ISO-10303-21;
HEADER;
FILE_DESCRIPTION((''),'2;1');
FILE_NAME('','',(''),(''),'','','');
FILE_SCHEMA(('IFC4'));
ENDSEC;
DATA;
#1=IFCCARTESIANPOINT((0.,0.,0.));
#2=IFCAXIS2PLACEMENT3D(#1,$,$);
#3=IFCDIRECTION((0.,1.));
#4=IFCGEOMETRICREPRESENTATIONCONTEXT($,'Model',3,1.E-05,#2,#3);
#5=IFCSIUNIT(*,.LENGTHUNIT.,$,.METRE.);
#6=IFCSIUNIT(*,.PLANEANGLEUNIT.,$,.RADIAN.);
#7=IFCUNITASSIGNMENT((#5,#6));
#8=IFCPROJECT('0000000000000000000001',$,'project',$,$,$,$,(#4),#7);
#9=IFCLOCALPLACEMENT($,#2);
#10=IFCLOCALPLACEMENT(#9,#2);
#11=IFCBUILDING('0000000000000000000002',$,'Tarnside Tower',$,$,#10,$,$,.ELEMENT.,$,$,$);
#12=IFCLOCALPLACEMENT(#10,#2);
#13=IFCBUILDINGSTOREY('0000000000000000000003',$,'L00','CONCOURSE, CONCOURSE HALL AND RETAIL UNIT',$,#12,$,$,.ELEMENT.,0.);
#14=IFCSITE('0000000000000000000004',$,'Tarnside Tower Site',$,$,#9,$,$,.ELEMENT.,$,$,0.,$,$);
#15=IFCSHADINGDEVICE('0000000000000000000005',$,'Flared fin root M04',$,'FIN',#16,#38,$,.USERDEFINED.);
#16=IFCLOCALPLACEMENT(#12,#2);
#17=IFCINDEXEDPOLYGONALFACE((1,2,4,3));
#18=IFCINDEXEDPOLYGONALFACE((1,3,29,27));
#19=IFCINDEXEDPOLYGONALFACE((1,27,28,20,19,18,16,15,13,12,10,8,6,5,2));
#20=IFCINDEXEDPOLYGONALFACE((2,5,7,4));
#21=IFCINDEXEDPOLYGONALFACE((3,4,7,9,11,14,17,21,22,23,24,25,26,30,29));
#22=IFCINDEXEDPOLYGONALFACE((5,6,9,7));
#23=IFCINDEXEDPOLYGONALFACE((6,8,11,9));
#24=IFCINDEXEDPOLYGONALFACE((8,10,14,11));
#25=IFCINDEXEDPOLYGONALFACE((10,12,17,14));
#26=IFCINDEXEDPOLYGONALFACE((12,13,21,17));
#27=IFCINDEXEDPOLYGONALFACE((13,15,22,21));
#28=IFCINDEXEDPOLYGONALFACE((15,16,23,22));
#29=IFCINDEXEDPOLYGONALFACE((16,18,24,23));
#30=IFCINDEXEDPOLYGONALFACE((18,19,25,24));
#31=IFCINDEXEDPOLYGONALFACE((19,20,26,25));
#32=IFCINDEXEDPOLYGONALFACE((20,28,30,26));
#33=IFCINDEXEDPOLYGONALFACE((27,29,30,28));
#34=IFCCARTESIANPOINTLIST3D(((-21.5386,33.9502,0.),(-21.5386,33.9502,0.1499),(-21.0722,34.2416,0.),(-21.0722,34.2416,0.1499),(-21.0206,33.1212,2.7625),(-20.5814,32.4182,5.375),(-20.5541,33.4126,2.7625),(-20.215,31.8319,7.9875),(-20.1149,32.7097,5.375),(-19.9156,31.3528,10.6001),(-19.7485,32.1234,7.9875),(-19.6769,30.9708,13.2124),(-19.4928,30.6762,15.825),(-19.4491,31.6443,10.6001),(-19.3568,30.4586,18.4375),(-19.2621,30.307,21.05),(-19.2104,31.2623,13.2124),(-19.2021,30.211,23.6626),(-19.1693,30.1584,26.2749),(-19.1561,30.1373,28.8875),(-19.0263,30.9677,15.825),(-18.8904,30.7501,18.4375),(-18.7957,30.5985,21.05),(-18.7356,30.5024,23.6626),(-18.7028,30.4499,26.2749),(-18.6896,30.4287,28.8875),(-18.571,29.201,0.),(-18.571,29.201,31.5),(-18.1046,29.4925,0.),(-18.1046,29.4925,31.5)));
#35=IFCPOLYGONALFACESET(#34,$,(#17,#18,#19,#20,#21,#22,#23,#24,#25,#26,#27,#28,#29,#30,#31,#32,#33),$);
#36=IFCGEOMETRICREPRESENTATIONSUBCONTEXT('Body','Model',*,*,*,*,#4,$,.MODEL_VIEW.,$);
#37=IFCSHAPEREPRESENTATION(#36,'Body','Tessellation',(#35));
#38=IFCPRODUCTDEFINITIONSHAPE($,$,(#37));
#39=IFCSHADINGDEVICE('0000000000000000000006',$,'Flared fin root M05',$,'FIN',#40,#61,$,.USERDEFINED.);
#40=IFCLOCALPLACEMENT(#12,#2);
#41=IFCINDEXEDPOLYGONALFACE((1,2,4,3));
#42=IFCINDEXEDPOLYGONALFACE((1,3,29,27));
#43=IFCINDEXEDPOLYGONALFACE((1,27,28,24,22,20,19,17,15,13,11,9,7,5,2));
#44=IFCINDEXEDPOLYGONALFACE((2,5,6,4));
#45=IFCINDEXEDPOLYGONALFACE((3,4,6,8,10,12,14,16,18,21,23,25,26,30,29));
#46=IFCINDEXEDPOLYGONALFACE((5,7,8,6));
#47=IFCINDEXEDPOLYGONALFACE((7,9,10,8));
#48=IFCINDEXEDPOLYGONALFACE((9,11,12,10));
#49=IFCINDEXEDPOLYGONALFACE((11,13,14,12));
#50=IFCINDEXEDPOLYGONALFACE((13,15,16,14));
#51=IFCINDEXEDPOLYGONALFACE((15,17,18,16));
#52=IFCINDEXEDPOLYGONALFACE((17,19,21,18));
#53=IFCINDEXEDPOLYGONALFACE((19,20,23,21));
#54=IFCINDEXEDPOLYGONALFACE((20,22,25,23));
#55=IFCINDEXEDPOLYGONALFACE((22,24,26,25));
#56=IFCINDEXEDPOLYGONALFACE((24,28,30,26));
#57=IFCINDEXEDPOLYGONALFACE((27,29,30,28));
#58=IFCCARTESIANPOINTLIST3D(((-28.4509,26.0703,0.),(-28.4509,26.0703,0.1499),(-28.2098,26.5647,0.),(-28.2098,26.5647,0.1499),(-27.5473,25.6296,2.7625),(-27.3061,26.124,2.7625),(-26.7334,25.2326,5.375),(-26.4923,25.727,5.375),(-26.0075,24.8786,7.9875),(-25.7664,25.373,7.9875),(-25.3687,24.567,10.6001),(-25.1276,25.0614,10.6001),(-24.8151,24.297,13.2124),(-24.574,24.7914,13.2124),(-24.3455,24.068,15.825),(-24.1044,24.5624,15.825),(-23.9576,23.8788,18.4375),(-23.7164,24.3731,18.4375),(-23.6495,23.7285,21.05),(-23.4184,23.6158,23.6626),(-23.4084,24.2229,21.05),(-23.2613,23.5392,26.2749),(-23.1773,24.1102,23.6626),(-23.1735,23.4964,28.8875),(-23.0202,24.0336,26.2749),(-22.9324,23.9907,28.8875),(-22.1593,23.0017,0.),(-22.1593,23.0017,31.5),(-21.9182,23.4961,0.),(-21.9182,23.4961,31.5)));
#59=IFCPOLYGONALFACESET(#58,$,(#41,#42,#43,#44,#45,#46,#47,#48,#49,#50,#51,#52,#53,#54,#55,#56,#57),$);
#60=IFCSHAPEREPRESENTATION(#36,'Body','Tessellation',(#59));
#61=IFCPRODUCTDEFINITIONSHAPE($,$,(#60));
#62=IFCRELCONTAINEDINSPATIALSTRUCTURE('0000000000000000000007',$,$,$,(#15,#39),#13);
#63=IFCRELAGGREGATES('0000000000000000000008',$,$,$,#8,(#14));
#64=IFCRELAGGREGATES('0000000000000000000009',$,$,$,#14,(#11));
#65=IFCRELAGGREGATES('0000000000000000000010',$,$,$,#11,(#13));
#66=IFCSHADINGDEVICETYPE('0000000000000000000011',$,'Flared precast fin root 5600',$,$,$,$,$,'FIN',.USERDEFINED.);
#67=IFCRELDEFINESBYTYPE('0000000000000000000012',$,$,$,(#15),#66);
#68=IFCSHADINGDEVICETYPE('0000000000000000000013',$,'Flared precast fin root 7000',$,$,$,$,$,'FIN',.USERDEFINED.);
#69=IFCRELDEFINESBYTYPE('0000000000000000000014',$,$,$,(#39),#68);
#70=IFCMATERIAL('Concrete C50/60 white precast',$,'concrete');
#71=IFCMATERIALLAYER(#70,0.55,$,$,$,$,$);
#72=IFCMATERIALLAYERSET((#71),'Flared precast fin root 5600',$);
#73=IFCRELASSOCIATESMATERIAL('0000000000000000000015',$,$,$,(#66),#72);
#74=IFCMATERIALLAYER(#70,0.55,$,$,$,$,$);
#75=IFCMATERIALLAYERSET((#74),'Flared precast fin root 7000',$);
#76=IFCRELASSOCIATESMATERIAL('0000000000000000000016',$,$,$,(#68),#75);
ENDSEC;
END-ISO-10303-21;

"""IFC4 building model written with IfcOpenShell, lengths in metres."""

from ifc_helpers import new_model, si_unit, direction, frame, origin, place, context, subcontext, project, spatial, polyline, outline, extrude, material, layer, layer_set, type_object, element, save


model = new_model("IFC4")

# Units and contexts
model_context = context("Model", 3, precision=1e-05, world=origin(), true_north=direction((0.0, 1.0)))
body_context = subcontext(model_context, "Body", "Model", "MODEL_VIEW")
ifc_project = project(units=[si_unit("LENGTHUNIT", "METRE"), si_unit("PLANEANGLEUNIT", "RADIAN")], contexts=[model_context])

# Site, building, storey
site_placement = place(None, origin())
site = spatial("IfcSite", under=ifc_project, at=site_placement, Name="Tarnside Tower Site", CompositionType="ELEMENT", RefElevation=0.0)
building_placement = place(site_placement, origin())
building = spatial("IfcBuilding", under=site, at=building_placement, Name="Tarnside Tower", CompositionType="ELEMENT")
storey_placement = place(building_placement, origin())
storey = spatial("IfcBuildingStorey", under=building, at=storey_placement, Name="L00", Description="CONCOURSE, CONCOURSE HALL AND RETAIL UNIT", CompositionType="ELEMENT", Elevation=0.0)

# Shading devices
ifc_material_1 = material(Name="Concrete C50/60 white precast", Category="concrete")
ifc_layer_1 = layer(ifc_material_1, 0.55)
ifc_layer_set_1 = layer_set([ifc_layer_1], Name="Flared precast fin root 5600")
shading_device_type_1 = type_object("IfcShadingDeviceType", Name="Flared precast fin root 5600", ElementType="FIN", PredefinedType="USERDEFINED", material=ifc_layer_set_1)
shading_device_1_placement = place(storey_placement, frame((-18.3379, 29.3467, 0.0), z_axis=(0.848048, 0.529919, 0.0), x_axis=(-0.529919, 0.848048, 0.0)))
element("IfcShadingDevice", 1, at=shading_device_1_placement, inside=storey, type_object=shading_device_type_1, Name="Flared fin root M04", ObjectType="FIN", PredefinedType="USERDEFINED", context=body_context, shape_type="SweptSolid", body=[
    extrude(outline(polyline([(0.0, 0.0), (5.6001, 0.0), (5.6001, 0.1499), (4.6226, 2.7625), (3.7937, 5.375), (3.1023, 7.9875), (2.5374, 10.6001), (2.0869, 13.2124), (1.7395, 15.825), (1.4829, 18.4375), (1.3042, 21.05), (1.1909, 23.6626), (1.1289, 26.2749), (1.104, 28.8875), (0.0, 31.5), (0.0, 0.0)])), frame((0.0, 0.0, -0.2749)), (0.0, 0.0, 1.0), 0.55),
])
ifc_layer_2 = layer(ifc_material_1, 0.55)
ifc_layer_set_2 = layer_set([ifc_layer_2], Name="Flared precast fin root 7000")
shading_device_type_2 = type_object("IfcShadingDeviceType", Name="Flared precast fin root 7000", ElementType="FIN", PredefinedType="USERDEFINED", material=ifc_layer_set_2)
shading_device_2_placement = place(storey_placement, frame((-22.0388, 23.2488, 0.0), z_axis=(0.438371, 0.898794, 0.0), x_axis=(-0.898794, 0.438371, 0.0)))
element("IfcShadingDevice", 2, at=shading_device_2_placement, inside=storey, type_object=shading_device_type_2, Name="Flared fin root M05", ObjectType="FIN", PredefinedType="USERDEFINED", context=body_context, shape_type="SweptSolid", body=[
    extrude(outline(polyline([(0.0, 0.0), (7.0, 0.0), (7.0, 0.1499), (5.9946, 2.7625), (5.0891, 5.375), (4.2815, 7.9875), (3.5708, 10.6001), (2.9548, 13.2124), (2.4324, 15.825), (2.0007, 18.4375), (1.658, 21.05), (1.4009, 23.6626), (1.2261, 26.2749), (1.1284, 28.8875), (0.0, 31.5), (0.0, 0.0)])), frame((0.0, 0.0, -0.2749)), (0.0, 0.0, 1.0), 0.55),
])

save(model, "model.ifc")
